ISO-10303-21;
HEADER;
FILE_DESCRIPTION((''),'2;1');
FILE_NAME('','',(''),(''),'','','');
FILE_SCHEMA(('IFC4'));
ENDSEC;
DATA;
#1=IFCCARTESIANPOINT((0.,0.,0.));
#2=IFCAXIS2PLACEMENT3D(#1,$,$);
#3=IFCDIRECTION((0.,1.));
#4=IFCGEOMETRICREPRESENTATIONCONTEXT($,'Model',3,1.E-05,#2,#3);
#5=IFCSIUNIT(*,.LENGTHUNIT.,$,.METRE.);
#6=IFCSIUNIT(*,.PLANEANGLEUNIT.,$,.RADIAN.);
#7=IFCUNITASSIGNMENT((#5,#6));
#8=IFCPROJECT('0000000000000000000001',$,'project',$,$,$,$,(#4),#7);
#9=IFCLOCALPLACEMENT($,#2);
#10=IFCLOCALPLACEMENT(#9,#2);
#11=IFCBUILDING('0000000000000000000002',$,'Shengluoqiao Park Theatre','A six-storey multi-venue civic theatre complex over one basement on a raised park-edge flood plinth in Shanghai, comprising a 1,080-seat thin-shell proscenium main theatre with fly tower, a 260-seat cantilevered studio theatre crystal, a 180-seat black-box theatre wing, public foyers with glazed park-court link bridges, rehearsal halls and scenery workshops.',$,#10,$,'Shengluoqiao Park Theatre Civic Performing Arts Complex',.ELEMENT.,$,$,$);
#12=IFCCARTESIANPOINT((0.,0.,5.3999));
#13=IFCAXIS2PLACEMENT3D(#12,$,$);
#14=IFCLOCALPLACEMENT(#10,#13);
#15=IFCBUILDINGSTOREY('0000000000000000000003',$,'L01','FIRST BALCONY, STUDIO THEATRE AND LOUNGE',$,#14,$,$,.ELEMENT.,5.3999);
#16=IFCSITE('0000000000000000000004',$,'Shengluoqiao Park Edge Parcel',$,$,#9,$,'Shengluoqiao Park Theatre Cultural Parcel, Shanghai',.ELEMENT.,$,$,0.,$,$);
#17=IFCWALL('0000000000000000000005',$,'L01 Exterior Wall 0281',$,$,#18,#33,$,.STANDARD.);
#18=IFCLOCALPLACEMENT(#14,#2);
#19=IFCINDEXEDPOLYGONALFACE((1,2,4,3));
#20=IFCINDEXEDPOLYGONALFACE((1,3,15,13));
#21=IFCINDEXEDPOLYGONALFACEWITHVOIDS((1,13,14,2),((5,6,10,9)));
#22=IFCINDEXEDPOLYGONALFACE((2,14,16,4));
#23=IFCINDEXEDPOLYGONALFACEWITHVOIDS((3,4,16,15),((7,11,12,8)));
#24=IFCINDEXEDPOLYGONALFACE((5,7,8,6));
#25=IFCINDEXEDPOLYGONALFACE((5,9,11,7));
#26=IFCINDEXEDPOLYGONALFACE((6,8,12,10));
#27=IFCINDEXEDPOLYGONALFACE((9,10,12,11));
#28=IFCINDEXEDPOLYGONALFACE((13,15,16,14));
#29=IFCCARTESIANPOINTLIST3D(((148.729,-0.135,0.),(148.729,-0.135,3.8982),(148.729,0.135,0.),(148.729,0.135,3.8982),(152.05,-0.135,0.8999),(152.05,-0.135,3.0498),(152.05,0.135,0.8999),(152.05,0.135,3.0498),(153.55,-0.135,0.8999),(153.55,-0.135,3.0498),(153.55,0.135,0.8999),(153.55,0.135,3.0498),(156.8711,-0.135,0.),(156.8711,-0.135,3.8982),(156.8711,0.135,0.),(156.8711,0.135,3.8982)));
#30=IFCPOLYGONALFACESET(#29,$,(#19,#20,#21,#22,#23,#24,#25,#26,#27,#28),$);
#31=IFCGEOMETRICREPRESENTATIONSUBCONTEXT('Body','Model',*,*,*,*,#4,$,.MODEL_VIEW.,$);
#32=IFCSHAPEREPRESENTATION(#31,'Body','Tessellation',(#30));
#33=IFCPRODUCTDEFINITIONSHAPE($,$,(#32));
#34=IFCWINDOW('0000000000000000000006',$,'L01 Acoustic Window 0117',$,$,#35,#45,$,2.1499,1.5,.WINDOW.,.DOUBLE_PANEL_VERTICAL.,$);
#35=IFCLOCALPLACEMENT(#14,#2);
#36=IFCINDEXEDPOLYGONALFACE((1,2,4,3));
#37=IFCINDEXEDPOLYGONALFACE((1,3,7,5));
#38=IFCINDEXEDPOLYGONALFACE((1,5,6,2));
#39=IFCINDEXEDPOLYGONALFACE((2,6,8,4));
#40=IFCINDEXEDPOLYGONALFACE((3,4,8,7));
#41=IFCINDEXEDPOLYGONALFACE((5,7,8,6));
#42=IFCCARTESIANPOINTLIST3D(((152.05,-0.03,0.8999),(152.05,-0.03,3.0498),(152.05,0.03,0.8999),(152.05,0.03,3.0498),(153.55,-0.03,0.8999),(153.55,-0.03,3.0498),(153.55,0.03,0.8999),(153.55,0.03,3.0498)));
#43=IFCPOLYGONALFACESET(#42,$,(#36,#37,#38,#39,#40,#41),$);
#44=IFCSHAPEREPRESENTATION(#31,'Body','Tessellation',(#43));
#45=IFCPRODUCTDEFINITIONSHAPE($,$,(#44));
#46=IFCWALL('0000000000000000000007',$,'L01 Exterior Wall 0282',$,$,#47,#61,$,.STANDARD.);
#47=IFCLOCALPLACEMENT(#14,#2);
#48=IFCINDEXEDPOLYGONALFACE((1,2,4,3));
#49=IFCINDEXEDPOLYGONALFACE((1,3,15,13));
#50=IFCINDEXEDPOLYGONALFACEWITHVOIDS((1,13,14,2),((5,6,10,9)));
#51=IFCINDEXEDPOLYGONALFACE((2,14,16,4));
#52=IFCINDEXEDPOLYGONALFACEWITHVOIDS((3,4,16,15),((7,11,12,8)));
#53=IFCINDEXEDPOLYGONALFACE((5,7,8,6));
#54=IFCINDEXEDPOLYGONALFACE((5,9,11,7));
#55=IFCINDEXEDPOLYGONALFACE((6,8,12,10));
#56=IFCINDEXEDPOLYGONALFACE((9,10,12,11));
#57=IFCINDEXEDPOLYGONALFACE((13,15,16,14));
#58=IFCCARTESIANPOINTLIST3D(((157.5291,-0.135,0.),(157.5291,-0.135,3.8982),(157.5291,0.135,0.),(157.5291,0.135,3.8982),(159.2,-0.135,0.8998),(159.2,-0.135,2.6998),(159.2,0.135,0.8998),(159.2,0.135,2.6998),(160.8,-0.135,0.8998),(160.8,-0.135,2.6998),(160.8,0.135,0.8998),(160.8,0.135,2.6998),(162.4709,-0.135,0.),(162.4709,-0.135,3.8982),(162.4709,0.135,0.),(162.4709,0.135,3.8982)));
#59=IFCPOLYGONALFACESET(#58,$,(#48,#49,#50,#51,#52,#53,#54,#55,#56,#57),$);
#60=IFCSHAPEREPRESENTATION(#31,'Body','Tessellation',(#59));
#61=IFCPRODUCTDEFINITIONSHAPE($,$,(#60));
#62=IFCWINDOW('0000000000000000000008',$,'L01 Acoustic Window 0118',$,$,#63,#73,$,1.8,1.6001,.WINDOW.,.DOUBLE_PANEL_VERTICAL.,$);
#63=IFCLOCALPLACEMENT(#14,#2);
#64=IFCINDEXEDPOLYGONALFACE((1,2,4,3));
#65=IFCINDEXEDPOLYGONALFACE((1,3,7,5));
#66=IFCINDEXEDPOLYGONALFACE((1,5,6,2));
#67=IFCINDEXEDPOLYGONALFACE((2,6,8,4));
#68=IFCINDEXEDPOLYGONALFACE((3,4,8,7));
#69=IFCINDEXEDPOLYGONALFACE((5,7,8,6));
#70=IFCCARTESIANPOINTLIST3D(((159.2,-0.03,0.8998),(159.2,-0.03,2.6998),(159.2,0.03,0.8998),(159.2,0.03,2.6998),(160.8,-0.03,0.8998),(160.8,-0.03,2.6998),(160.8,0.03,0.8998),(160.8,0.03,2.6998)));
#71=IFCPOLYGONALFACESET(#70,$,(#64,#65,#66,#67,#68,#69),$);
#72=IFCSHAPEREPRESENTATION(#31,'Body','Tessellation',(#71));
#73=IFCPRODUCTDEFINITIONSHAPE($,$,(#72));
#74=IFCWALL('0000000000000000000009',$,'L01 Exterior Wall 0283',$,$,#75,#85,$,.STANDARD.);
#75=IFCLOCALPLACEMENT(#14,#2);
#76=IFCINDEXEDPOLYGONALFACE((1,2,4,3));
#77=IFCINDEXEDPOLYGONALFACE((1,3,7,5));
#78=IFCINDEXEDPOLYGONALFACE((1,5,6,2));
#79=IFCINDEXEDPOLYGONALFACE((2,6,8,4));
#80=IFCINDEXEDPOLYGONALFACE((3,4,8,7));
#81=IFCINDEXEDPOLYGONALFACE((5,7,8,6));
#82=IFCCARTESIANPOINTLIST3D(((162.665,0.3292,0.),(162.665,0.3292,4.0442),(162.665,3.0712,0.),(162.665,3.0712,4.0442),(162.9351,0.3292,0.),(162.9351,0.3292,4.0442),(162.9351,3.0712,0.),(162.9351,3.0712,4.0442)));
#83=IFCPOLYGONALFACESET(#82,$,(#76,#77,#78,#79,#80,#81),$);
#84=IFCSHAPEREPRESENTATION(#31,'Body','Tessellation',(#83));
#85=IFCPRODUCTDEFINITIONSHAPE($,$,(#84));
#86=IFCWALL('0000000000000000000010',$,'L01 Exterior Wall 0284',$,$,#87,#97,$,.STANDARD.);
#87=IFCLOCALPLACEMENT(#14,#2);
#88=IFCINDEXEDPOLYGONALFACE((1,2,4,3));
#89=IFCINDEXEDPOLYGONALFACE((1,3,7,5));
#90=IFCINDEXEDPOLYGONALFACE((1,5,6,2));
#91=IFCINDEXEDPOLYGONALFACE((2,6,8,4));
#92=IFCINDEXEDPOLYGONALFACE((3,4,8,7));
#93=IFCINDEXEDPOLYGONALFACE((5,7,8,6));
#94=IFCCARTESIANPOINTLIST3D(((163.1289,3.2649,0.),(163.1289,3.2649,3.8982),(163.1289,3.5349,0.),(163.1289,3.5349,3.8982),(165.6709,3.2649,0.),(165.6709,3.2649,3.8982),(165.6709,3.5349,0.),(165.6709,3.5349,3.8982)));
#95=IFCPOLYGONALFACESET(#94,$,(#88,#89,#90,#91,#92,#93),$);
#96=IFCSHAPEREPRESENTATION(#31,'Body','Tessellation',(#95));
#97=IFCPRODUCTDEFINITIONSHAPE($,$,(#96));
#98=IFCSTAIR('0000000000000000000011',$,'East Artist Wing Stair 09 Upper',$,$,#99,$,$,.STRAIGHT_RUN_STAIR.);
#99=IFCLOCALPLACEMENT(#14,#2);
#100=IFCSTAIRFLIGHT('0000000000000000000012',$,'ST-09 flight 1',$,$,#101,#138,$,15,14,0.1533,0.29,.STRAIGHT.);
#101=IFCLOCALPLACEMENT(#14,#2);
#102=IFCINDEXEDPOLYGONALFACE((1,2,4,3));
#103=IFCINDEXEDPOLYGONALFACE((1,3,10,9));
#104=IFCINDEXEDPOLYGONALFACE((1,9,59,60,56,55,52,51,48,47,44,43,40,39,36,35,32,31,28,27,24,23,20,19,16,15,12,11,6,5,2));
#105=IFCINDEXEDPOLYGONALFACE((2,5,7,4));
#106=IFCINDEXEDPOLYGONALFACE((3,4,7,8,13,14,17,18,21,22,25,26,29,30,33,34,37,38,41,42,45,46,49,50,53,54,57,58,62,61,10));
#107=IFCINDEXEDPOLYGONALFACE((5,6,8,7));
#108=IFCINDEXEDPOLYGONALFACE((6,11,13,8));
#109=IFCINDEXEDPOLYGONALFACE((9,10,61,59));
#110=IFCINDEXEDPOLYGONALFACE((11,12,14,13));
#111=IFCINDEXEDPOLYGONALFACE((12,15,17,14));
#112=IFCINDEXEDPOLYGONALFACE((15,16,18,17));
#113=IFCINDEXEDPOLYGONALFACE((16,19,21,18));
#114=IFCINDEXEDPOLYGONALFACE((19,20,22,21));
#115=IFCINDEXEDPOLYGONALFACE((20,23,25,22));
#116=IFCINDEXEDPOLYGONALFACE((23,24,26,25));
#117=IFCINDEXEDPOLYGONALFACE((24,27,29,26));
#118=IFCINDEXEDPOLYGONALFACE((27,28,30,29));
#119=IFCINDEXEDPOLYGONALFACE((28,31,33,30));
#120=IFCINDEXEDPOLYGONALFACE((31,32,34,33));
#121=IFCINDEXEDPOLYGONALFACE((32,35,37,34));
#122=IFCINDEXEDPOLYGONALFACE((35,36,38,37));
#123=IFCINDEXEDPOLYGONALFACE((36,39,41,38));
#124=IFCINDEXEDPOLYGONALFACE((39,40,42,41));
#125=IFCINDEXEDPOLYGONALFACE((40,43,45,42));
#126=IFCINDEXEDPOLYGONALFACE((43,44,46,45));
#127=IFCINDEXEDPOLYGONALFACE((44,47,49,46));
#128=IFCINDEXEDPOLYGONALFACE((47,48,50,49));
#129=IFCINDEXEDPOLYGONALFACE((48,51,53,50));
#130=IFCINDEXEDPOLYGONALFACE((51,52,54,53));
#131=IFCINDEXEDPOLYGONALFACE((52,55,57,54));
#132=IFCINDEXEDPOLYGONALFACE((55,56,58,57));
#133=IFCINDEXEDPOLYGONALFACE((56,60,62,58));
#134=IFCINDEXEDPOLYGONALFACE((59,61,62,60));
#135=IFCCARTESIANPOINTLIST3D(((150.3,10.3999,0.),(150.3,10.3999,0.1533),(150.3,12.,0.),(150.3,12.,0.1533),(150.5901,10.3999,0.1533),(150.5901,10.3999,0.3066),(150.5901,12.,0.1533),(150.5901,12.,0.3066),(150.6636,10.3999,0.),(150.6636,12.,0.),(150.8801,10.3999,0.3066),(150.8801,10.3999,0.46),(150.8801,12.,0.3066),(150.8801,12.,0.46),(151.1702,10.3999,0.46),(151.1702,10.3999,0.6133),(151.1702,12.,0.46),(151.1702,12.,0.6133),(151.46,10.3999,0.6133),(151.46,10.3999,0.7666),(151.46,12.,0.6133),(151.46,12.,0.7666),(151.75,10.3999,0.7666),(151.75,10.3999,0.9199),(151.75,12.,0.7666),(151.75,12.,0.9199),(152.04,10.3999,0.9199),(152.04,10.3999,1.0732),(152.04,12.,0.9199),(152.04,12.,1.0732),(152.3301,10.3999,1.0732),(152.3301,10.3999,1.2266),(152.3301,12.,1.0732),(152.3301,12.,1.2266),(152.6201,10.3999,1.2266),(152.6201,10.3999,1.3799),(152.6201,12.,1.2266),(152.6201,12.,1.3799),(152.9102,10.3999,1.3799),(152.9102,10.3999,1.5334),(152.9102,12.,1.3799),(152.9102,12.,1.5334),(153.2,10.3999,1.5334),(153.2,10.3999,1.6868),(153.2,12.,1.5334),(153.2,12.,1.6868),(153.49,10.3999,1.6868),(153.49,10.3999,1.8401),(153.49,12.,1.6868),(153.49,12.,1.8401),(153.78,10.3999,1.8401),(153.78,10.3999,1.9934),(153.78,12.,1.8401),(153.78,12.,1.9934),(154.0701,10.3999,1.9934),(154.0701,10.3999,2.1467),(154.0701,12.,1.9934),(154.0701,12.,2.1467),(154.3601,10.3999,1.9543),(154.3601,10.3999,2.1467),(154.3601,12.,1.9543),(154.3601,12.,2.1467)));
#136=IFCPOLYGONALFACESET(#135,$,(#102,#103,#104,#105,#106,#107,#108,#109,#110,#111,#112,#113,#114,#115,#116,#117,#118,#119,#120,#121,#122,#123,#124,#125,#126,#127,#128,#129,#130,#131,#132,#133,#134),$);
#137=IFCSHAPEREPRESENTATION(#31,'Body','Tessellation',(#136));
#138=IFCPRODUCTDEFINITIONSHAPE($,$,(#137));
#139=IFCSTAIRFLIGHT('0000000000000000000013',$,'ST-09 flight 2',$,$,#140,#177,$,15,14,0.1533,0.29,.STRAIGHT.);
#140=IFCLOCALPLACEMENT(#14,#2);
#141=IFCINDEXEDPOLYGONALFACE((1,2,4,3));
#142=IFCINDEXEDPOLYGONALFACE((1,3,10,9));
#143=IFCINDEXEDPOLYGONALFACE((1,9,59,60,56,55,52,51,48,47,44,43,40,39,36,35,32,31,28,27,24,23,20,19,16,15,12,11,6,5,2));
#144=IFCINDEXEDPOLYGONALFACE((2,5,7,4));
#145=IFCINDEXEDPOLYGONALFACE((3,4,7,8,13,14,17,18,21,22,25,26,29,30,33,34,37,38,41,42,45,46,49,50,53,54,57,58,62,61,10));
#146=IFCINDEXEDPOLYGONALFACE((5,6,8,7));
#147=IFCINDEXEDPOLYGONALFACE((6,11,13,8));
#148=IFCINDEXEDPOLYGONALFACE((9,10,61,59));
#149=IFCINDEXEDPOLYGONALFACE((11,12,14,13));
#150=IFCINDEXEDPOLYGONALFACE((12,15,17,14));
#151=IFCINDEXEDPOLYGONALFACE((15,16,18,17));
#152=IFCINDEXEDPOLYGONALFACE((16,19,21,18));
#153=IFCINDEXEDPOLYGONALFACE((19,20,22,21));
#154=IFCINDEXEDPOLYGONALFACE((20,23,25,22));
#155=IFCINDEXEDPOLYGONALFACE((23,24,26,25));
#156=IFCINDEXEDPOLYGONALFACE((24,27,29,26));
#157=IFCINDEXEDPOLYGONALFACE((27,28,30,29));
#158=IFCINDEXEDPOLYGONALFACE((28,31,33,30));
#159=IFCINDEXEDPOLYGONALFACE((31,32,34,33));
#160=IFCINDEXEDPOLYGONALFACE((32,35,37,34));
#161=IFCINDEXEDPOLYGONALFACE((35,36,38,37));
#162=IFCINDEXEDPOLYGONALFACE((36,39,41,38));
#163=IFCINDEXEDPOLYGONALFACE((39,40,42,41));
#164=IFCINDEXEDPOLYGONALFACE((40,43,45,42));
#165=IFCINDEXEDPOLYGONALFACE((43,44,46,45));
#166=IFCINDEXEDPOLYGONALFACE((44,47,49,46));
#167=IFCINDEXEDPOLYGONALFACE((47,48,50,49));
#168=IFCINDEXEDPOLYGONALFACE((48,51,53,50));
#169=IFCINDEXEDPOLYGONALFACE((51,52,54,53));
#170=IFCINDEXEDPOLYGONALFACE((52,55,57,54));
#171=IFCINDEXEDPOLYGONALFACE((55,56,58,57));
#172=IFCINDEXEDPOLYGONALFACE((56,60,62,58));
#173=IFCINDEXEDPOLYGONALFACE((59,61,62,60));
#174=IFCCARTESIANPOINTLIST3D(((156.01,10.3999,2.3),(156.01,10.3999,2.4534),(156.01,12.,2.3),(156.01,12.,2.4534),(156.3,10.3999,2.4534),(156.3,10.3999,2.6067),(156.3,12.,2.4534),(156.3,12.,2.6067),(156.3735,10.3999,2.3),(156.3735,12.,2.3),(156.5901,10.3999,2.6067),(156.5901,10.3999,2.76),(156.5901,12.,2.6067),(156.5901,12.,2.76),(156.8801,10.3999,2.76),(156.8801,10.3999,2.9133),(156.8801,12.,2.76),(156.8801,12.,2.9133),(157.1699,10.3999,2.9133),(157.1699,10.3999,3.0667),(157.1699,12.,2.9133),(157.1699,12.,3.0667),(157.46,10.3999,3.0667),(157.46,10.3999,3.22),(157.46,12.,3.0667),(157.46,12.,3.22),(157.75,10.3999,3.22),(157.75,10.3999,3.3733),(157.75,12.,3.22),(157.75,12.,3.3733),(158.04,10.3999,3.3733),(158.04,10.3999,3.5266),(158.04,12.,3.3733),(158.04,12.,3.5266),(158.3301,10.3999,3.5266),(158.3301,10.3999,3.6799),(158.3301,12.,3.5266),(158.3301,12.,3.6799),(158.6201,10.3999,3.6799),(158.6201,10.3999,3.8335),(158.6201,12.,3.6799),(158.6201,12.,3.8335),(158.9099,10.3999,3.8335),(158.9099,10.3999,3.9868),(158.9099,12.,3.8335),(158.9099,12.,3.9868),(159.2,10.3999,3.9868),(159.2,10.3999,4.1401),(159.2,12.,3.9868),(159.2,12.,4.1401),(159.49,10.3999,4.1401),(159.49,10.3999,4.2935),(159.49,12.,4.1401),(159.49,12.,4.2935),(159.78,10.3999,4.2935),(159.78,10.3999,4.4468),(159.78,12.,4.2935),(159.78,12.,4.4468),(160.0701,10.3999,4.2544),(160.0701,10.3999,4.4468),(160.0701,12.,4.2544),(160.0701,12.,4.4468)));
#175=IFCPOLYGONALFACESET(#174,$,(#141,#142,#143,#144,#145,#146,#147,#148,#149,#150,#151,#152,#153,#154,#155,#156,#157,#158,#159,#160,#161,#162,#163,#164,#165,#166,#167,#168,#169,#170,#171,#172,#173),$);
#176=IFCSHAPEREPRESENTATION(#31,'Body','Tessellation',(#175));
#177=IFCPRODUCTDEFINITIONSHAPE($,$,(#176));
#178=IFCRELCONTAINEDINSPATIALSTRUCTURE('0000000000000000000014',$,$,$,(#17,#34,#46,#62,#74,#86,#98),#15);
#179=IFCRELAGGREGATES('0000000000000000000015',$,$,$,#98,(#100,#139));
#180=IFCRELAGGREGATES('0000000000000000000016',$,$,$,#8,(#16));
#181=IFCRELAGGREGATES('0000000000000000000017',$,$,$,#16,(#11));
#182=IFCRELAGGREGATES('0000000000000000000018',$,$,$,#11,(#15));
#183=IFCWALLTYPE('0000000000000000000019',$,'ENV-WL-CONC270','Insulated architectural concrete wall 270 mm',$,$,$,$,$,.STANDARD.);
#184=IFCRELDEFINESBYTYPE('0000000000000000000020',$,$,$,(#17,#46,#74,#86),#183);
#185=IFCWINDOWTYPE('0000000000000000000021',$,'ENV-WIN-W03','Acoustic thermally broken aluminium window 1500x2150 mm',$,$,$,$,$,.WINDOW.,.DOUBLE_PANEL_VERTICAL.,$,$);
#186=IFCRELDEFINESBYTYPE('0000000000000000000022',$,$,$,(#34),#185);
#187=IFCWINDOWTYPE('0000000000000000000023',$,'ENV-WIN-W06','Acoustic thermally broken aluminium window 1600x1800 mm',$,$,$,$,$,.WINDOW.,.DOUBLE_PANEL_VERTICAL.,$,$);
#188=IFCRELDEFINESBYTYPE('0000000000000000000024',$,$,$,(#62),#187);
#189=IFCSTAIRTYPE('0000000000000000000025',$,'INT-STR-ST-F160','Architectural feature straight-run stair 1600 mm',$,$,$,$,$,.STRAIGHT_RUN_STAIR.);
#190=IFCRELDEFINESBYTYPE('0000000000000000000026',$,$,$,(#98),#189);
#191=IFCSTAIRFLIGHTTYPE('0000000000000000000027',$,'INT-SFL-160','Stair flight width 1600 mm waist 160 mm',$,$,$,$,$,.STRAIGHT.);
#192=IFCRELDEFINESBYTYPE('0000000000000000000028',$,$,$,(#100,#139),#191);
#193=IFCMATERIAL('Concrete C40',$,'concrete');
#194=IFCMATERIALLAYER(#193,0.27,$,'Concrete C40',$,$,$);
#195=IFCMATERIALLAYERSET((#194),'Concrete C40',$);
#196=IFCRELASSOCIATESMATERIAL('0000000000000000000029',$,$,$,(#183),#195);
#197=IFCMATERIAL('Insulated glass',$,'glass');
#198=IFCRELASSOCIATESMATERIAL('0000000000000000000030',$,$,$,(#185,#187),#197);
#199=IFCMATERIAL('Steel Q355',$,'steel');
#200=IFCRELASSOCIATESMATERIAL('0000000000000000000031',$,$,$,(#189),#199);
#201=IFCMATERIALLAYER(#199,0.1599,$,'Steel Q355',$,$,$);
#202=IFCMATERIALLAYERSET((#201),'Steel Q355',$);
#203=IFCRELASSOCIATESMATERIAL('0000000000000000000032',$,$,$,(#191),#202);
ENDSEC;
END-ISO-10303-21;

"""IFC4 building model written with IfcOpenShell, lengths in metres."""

from ifc_helpers import new_model, si_unit, direction, frame, frame_2d, origin, place, context, subcontext, project, spatial, polyline, rectangle, outline, extrude, material, layer, layer_set, type_object, element, fill, aggregate, save


model = new_model("IFC4")

# Units and contexts
model_context = context("Model", 3, precision=1e-05, world=origin(), true_north=direction((0.0, 1.0)))
body_context = subcontext(model_context, "Body", "Model", "MODEL_VIEW")
ifc_project = project(units=[si_unit("LENGTHUNIT", "METRE"), si_unit("PLANEANGLEUNIT", "RADIAN")], contexts=[model_context])

# Site, building, storey
site_placement = place(None, origin())
site = spatial("IfcSite", under=ifc_project, at=site_placement, Name="Shengluoqiao Park Edge Parcel", LongName="Shengluoqiao Park Theatre Cultural Parcel, Shanghai", CompositionType="ELEMENT", RefElevation=0.0)
building_placement = place(site_placement, origin())
building = spatial("IfcBuilding", under=site, at=building_placement, Name="Shengluoqiao Park Theatre", Description="A six-storey multi-venue civic theatre complex over one basement on a raised park-edge flood plinth in Shanghai, comprising a 1,080-seat thin-shell proscenium main theatre with fly tower, a 260-seat cantilevered studio theatre crystal, a 180-seat black-box theatre wing, public foyers with glazed park-court link bridges, rehearsal halls and scenery workshops.", LongName="Shengluoqiao Park Theatre Civic Performing Arts Complex", CompositionType="ELEMENT")
storey_placement = place(building_placement, frame((0.0, 0.0, 5.3999)))
storey = spatial("IfcBuildingStorey", under=building, at=storey_placement, Name="L01", Description="FIRST BALCONY, STUDIO THEATRE AND LOUNGE", CompositionType="ELEMENT", Elevation=5.3999)

# Shared definitions
ifc_material_1 = material(Name="Steel Q355", Category="steel")
ifc_material_2 = material(Name="Concrete C40", Category="concrete")

# Shared definitions
ifc_material_3 = material(Name="Insulated glass", Category="glass")

# Walls, openings, windows
ifc_layer_1 = layer(ifc_material_2, 0.27, Name="Concrete C40")
ifc_layer_set_1 = layer_set([ifc_layer_1], Name="Concrete C40")
wall_type = type_object("IfcWallType", Name="ENV-WL-CONC270", Description="Insulated architectural concrete wall 270 mm", PredefinedType="STANDARD", material=ifc_layer_set_1)
window_type_1 = type_object("IfcWindowType", Name="ENV-WIN-W03", Description="Acoustic thermally broken aluminium window 1500x2150 mm", PartitioningType="DOUBLE_PANEL_VERTICAL", PredefinedType="WINDOW", material=ifc_material_3)
window_type_2 = type_object("IfcWindowType", Name="ENV-WIN-W06", Description="Acoustic thermally broken aluminium window 1600x1800 mm", PartitioningType="DOUBLE_PANEL_VERTICAL", PredefinedType="WINDOW", material=ifc_material_3)
wall_1_placement = place(storey_placement, frame((148.729, 0.0, 0.0), z_axis=(0.0, 0.0, 1.0), x_axis=(1.0, 0.0, 0.0)))
wall_1 = element("IfcWall", 1, at=wall_1_placement, inside=storey, type_object=wall_type, Name="L01 Exterior Wall 0281", PredefinedType="STANDARD", context=body_context, shape_type="SweptSolid", body=[
    extrude(rectangle(XDim=8.1421, YDim=0.27, at=frame_2d((4.071, 0.0))), origin(), (0.0, 0.0, 1.0), 3.8982),
])
opening_1_placement = place(wall_1_placement, frame((3.321, 0.0, 0.8999)))
opening_1 = element("IfcOpeningElement", 2, at=opening_1_placement, cuts=wall_1, PredefinedType="OPENING", context=body_context, shape_type="SweptSolid", body=[
    extrude(rectangle(XDim=1.5, YDim=2.1499, at=frame_2d((0.75, 1.075))), frame((0.0, 0.145, 0.0), z_axis=(0.0, -1.0, 0.0), x_axis=(1.0, 0.0, 0.0)), (0.0, 0.0, 1.0), 0.29),
])
window_1_placement = place(opening_1_placement, origin())
window_1 = element("IfcWindow", 3, at=window_1_placement, inside=storey, type_object=window_type_1, Name="L01 Acoustic Window 0117", OverallHeight=2.1499, OverallWidth=1.5, PartitioningType="DOUBLE_PANEL_VERTICAL", PredefinedType="WINDOW", context=body_context, shape_type="SweptSolid", body=[
    extrude(rectangle(XDim=1.5, YDim=2.1499, at=frame_2d((0.75, 1.075))), frame((0.0, 0.03, 0.0), z_axis=(0.0, -1.0, 0.0), x_axis=(1.0, 0.0, 0.0)), (0.0, 0.0, 1.0), 0.0601),
])
fill(opening_1, window_1)
wall_2_placement = place(storey_placement, frame((157.5291, 0.0, 0.0), z_axis=(0.0, 0.0, 1.0), x_axis=(1.0, 0.0, 0.0)))
wall_2 = element("IfcWall", 4, at=wall_2_placement, inside=storey, type_object=wall_type, Name="L01 Exterior Wall 0282", PredefinedType="STANDARD", context=body_context, shape_type="SweptSolid", body=[
    extrude(rectangle(XDim=4.9419, YDim=0.27, at=frame_2d((2.4709, 0.0))), origin(), (0.0, 0.0, 1.0), 3.8982),
])
opening_2_placement = place(wall_2_placement, frame((1.6709, 0.0, 0.8999)))
opening_2 = element("IfcOpeningElement", 5, at=opening_2_placement, cuts=wall_2, PredefinedType="OPENING", context=body_context, shape_type="SweptSolid", body=[
    extrude(rectangle(XDim=1.6001, YDim=1.8, at=frame_2d((0.8, 0.8999))), frame((0.0, 0.145, 0.0), z_axis=(0.0, -1.0, 0.0), x_axis=(1.0, 0.0, 0.0)), (0.0, 0.0, 1.0), 0.29),
])
window_2_placement = place(opening_2_placement, origin())
window_2 = element("IfcWindow", 6, at=window_2_placement, inside=storey, type_object=window_type_2, Name="L01 Acoustic Window 0118", OverallHeight=1.8, OverallWidth=1.6001, PartitioningType="DOUBLE_PANEL_VERTICAL", PredefinedType="WINDOW", context=body_context, shape_type="SweptSolid", body=[
    extrude(rectangle(XDim=1.6001, YDim=1.8, at=frame_2d((0.8, 0.8999))), frame((0.0, 0.03, 0.0), z_axis=(0.0, -1.0, 0.0), x_axis=(1.0, 0.0, 0.0)), (0.0, 0.0, 1.0), 0.0601),
])
fill(opening_2, window_2)

# Walls
wall_3_placement = place(storey_placement, frame((162.8, 0.3291, 0.0), z_axis=(0.0, 0.0, 1.0), x_axis=(0.0, 1.0, 0.0)))
element("IfcWall", 7, at=wall_3_placement, inside=storey, type_object=wall_type, Name="L01 Exterior Wall 0283", PredefinedType="STANDARD", context=body_context, shape_type="SweptSolid", body=[
    extrude(rectangle(XDim=2.7419, YDim=0.27, at=frame_2d((1.3711, 0.0))), origin(), (0.0, 0.0, 1.0), 4.0442),
])
wall_4_placement = place(storey_placement, frame((163.1289, 3.3999, 0.0), z_axis=(0.0, 0.0, 1.0), x_axis=(1.0, 0.0, 0.0)))
element("IfcWall", 8, at=wall_4_placement, inside=storey, type_object=wall_type, Name="L01 Exterior Wall 0284", PredefinedType="STANDARD", context=body_context, shape_type="SweptSolid", body=[
    extrude(rectangle(XDim=2.542, YDim=0.27, at=frame_2d((1.271, 0.0))), origin(), (0.0, 0.0, 1.0), 3.8982),
])

# Stair, stair flights
stair_type = type_object("IfcStairType", Name="INT-STR-ST-F160", Description="Architectural feature straight-run stair 1600 mm", PredefinedType="STRAIGHT_RUN_STAIR", material=ifc_material_1)
stair_placement = place(storey_placement, origin())
stair = element("IfcStair", 9, at=stair_placement, inside=storey, type_object=stair_type, Name="East Artist Wing Stair 09 Upper", PredefinedType="STRAIGHT_RUN_STAIR")
ifc_layer_2 = layer(ifc_material_1, 0.1599, Name="Steel Q355")
ifc_layer_set_2 = layer_set([ifc_layer_2], Name="Steel Q355")
stair_flight_type = type_object("IfcStairFlightType", Name="INT-SFL-160", Description="Stair flight width 1600 mm waist 160 mm", PredefinedType="STRAIGHT", material=ifc_layer_set_2)
stair_flight_1_placement = place(storey_placement, frame((150.3, 11.2, 0.0), z_axis=(0.0, 0.0, 1.0), x_axis=(1.0, 0.0, 0.0)))
stair_flight_1 = element("IfcStairFlight", 10, at=stair_flight_1_placement, type_object=stair_flight_type, Name="ST-09 flight 1", NumberOfRisers=15, NumberOfTreads=14, PredefinedType="STRAIGHT", RiserHeight=0.1533, TreadLength=0.29, context=body_context, shape_type="SweptSolid", body=[
    extrude(outline(polyline([(0.0, 0.0), (0.0, 0.1533), (0.29, 0.1533), (0.29, 0.3066), (0.5801, 0.3066), (0.5801, 0.46), (0.8701, 0.46), (0.8701, 0.6133), (1.1599, 0.6133), (1.1599, 0.7666), (1.45, 0.7666), (1.45, 0.9199), (1.74, 0.9199), (1.74, 1.0732), (2.03, 1.0732), (2.03, 1.2266), (2.3201, 1.2266), (2.3201, 1.3799), (2.6101, 1.3799), (2.6101, 1.5334), (2.8999, 1.5334), (2.8999, 1.6868), (3.1899, 1.6868), (3.1899, 1.8401), (3.48, 1.8401), (3.48, 1.9934), (3.77, 1.9934), (3.77, 2.1467), (4.0601, 2.1467), (4.0601, 2.3), (4.0601, 1.9543), (0.3635, 0.0), (0.0, 0.0)])), frame((0.0, 0.8, 0.0), z_axis=(0.0, -1.0, 0.0), x_axis=(1.0, 0.0, 0.0)), (0.0, 0.0, 1.0), 1.6001),
])
stair_flight_2_placement = place(storey_placement, frame((156.01, 11.2, 2.3), z_axis=(0.0, 0.0, 1.0), x_axis=(1.0, 0.0, 0.0)))
stair_flight_2 = element("IfcStairFlight", 11, at=stair_flight_2_placement, type_object=stair_flight_type, Name="ST-09 flight 2", NumberOfRisers=15, NumberOfTreads=14, PredefinedType="STRAIGHT", RiserHeight=0.1533, TreadLength=0.29, context=body_context, shape_type="SweptSolid", body=[
    extrude(outline(polyline([(0.0, 0.0), (0.0, 0.1533), (0.29, 0.1533), (0.29, 0.3066), (0.5801, 0.3066), (0.5801, 0.46), (0.8701, 0.46), (0.8701, 0.6133), (1.1599, 0.6133), (1.1599, 0.7666), (1.45, 0.7666), (1.45, 0.9199), (1.74, 0.9199), (1.74, 1.0732), (2.03, 1.0732), (2.03, 1.2266), (2.3201, 1.2266), (2.3201, 1.3799), (2.6101, 1.3799), (2.6101, 1.5334), (2.8999, 1.5334), (2.8999, 1.6868), (3.1899, 1.6868), (3.1899, 1.8401), (3.48, 1.8401), (3.48, 1.9934), (3.77, 1.9934), (3.77, 2.1467), (4.0601, 2.1467), (4.0601, 2.3), (4.0601, 1.9543), (0.3635, 0.0), (0.0, 0.0)])), frame((0.0, 0.8, 0.0), z_axis=(0.0, -1.0, 0.0), x_axis=(1.0, 0.0, 0.0)), (0.0, 0.0, 1.0), 1.6001),
])
aggregate(stair, [stair_flight_1, stair_flight_2])

save(model, "model.ifc")
